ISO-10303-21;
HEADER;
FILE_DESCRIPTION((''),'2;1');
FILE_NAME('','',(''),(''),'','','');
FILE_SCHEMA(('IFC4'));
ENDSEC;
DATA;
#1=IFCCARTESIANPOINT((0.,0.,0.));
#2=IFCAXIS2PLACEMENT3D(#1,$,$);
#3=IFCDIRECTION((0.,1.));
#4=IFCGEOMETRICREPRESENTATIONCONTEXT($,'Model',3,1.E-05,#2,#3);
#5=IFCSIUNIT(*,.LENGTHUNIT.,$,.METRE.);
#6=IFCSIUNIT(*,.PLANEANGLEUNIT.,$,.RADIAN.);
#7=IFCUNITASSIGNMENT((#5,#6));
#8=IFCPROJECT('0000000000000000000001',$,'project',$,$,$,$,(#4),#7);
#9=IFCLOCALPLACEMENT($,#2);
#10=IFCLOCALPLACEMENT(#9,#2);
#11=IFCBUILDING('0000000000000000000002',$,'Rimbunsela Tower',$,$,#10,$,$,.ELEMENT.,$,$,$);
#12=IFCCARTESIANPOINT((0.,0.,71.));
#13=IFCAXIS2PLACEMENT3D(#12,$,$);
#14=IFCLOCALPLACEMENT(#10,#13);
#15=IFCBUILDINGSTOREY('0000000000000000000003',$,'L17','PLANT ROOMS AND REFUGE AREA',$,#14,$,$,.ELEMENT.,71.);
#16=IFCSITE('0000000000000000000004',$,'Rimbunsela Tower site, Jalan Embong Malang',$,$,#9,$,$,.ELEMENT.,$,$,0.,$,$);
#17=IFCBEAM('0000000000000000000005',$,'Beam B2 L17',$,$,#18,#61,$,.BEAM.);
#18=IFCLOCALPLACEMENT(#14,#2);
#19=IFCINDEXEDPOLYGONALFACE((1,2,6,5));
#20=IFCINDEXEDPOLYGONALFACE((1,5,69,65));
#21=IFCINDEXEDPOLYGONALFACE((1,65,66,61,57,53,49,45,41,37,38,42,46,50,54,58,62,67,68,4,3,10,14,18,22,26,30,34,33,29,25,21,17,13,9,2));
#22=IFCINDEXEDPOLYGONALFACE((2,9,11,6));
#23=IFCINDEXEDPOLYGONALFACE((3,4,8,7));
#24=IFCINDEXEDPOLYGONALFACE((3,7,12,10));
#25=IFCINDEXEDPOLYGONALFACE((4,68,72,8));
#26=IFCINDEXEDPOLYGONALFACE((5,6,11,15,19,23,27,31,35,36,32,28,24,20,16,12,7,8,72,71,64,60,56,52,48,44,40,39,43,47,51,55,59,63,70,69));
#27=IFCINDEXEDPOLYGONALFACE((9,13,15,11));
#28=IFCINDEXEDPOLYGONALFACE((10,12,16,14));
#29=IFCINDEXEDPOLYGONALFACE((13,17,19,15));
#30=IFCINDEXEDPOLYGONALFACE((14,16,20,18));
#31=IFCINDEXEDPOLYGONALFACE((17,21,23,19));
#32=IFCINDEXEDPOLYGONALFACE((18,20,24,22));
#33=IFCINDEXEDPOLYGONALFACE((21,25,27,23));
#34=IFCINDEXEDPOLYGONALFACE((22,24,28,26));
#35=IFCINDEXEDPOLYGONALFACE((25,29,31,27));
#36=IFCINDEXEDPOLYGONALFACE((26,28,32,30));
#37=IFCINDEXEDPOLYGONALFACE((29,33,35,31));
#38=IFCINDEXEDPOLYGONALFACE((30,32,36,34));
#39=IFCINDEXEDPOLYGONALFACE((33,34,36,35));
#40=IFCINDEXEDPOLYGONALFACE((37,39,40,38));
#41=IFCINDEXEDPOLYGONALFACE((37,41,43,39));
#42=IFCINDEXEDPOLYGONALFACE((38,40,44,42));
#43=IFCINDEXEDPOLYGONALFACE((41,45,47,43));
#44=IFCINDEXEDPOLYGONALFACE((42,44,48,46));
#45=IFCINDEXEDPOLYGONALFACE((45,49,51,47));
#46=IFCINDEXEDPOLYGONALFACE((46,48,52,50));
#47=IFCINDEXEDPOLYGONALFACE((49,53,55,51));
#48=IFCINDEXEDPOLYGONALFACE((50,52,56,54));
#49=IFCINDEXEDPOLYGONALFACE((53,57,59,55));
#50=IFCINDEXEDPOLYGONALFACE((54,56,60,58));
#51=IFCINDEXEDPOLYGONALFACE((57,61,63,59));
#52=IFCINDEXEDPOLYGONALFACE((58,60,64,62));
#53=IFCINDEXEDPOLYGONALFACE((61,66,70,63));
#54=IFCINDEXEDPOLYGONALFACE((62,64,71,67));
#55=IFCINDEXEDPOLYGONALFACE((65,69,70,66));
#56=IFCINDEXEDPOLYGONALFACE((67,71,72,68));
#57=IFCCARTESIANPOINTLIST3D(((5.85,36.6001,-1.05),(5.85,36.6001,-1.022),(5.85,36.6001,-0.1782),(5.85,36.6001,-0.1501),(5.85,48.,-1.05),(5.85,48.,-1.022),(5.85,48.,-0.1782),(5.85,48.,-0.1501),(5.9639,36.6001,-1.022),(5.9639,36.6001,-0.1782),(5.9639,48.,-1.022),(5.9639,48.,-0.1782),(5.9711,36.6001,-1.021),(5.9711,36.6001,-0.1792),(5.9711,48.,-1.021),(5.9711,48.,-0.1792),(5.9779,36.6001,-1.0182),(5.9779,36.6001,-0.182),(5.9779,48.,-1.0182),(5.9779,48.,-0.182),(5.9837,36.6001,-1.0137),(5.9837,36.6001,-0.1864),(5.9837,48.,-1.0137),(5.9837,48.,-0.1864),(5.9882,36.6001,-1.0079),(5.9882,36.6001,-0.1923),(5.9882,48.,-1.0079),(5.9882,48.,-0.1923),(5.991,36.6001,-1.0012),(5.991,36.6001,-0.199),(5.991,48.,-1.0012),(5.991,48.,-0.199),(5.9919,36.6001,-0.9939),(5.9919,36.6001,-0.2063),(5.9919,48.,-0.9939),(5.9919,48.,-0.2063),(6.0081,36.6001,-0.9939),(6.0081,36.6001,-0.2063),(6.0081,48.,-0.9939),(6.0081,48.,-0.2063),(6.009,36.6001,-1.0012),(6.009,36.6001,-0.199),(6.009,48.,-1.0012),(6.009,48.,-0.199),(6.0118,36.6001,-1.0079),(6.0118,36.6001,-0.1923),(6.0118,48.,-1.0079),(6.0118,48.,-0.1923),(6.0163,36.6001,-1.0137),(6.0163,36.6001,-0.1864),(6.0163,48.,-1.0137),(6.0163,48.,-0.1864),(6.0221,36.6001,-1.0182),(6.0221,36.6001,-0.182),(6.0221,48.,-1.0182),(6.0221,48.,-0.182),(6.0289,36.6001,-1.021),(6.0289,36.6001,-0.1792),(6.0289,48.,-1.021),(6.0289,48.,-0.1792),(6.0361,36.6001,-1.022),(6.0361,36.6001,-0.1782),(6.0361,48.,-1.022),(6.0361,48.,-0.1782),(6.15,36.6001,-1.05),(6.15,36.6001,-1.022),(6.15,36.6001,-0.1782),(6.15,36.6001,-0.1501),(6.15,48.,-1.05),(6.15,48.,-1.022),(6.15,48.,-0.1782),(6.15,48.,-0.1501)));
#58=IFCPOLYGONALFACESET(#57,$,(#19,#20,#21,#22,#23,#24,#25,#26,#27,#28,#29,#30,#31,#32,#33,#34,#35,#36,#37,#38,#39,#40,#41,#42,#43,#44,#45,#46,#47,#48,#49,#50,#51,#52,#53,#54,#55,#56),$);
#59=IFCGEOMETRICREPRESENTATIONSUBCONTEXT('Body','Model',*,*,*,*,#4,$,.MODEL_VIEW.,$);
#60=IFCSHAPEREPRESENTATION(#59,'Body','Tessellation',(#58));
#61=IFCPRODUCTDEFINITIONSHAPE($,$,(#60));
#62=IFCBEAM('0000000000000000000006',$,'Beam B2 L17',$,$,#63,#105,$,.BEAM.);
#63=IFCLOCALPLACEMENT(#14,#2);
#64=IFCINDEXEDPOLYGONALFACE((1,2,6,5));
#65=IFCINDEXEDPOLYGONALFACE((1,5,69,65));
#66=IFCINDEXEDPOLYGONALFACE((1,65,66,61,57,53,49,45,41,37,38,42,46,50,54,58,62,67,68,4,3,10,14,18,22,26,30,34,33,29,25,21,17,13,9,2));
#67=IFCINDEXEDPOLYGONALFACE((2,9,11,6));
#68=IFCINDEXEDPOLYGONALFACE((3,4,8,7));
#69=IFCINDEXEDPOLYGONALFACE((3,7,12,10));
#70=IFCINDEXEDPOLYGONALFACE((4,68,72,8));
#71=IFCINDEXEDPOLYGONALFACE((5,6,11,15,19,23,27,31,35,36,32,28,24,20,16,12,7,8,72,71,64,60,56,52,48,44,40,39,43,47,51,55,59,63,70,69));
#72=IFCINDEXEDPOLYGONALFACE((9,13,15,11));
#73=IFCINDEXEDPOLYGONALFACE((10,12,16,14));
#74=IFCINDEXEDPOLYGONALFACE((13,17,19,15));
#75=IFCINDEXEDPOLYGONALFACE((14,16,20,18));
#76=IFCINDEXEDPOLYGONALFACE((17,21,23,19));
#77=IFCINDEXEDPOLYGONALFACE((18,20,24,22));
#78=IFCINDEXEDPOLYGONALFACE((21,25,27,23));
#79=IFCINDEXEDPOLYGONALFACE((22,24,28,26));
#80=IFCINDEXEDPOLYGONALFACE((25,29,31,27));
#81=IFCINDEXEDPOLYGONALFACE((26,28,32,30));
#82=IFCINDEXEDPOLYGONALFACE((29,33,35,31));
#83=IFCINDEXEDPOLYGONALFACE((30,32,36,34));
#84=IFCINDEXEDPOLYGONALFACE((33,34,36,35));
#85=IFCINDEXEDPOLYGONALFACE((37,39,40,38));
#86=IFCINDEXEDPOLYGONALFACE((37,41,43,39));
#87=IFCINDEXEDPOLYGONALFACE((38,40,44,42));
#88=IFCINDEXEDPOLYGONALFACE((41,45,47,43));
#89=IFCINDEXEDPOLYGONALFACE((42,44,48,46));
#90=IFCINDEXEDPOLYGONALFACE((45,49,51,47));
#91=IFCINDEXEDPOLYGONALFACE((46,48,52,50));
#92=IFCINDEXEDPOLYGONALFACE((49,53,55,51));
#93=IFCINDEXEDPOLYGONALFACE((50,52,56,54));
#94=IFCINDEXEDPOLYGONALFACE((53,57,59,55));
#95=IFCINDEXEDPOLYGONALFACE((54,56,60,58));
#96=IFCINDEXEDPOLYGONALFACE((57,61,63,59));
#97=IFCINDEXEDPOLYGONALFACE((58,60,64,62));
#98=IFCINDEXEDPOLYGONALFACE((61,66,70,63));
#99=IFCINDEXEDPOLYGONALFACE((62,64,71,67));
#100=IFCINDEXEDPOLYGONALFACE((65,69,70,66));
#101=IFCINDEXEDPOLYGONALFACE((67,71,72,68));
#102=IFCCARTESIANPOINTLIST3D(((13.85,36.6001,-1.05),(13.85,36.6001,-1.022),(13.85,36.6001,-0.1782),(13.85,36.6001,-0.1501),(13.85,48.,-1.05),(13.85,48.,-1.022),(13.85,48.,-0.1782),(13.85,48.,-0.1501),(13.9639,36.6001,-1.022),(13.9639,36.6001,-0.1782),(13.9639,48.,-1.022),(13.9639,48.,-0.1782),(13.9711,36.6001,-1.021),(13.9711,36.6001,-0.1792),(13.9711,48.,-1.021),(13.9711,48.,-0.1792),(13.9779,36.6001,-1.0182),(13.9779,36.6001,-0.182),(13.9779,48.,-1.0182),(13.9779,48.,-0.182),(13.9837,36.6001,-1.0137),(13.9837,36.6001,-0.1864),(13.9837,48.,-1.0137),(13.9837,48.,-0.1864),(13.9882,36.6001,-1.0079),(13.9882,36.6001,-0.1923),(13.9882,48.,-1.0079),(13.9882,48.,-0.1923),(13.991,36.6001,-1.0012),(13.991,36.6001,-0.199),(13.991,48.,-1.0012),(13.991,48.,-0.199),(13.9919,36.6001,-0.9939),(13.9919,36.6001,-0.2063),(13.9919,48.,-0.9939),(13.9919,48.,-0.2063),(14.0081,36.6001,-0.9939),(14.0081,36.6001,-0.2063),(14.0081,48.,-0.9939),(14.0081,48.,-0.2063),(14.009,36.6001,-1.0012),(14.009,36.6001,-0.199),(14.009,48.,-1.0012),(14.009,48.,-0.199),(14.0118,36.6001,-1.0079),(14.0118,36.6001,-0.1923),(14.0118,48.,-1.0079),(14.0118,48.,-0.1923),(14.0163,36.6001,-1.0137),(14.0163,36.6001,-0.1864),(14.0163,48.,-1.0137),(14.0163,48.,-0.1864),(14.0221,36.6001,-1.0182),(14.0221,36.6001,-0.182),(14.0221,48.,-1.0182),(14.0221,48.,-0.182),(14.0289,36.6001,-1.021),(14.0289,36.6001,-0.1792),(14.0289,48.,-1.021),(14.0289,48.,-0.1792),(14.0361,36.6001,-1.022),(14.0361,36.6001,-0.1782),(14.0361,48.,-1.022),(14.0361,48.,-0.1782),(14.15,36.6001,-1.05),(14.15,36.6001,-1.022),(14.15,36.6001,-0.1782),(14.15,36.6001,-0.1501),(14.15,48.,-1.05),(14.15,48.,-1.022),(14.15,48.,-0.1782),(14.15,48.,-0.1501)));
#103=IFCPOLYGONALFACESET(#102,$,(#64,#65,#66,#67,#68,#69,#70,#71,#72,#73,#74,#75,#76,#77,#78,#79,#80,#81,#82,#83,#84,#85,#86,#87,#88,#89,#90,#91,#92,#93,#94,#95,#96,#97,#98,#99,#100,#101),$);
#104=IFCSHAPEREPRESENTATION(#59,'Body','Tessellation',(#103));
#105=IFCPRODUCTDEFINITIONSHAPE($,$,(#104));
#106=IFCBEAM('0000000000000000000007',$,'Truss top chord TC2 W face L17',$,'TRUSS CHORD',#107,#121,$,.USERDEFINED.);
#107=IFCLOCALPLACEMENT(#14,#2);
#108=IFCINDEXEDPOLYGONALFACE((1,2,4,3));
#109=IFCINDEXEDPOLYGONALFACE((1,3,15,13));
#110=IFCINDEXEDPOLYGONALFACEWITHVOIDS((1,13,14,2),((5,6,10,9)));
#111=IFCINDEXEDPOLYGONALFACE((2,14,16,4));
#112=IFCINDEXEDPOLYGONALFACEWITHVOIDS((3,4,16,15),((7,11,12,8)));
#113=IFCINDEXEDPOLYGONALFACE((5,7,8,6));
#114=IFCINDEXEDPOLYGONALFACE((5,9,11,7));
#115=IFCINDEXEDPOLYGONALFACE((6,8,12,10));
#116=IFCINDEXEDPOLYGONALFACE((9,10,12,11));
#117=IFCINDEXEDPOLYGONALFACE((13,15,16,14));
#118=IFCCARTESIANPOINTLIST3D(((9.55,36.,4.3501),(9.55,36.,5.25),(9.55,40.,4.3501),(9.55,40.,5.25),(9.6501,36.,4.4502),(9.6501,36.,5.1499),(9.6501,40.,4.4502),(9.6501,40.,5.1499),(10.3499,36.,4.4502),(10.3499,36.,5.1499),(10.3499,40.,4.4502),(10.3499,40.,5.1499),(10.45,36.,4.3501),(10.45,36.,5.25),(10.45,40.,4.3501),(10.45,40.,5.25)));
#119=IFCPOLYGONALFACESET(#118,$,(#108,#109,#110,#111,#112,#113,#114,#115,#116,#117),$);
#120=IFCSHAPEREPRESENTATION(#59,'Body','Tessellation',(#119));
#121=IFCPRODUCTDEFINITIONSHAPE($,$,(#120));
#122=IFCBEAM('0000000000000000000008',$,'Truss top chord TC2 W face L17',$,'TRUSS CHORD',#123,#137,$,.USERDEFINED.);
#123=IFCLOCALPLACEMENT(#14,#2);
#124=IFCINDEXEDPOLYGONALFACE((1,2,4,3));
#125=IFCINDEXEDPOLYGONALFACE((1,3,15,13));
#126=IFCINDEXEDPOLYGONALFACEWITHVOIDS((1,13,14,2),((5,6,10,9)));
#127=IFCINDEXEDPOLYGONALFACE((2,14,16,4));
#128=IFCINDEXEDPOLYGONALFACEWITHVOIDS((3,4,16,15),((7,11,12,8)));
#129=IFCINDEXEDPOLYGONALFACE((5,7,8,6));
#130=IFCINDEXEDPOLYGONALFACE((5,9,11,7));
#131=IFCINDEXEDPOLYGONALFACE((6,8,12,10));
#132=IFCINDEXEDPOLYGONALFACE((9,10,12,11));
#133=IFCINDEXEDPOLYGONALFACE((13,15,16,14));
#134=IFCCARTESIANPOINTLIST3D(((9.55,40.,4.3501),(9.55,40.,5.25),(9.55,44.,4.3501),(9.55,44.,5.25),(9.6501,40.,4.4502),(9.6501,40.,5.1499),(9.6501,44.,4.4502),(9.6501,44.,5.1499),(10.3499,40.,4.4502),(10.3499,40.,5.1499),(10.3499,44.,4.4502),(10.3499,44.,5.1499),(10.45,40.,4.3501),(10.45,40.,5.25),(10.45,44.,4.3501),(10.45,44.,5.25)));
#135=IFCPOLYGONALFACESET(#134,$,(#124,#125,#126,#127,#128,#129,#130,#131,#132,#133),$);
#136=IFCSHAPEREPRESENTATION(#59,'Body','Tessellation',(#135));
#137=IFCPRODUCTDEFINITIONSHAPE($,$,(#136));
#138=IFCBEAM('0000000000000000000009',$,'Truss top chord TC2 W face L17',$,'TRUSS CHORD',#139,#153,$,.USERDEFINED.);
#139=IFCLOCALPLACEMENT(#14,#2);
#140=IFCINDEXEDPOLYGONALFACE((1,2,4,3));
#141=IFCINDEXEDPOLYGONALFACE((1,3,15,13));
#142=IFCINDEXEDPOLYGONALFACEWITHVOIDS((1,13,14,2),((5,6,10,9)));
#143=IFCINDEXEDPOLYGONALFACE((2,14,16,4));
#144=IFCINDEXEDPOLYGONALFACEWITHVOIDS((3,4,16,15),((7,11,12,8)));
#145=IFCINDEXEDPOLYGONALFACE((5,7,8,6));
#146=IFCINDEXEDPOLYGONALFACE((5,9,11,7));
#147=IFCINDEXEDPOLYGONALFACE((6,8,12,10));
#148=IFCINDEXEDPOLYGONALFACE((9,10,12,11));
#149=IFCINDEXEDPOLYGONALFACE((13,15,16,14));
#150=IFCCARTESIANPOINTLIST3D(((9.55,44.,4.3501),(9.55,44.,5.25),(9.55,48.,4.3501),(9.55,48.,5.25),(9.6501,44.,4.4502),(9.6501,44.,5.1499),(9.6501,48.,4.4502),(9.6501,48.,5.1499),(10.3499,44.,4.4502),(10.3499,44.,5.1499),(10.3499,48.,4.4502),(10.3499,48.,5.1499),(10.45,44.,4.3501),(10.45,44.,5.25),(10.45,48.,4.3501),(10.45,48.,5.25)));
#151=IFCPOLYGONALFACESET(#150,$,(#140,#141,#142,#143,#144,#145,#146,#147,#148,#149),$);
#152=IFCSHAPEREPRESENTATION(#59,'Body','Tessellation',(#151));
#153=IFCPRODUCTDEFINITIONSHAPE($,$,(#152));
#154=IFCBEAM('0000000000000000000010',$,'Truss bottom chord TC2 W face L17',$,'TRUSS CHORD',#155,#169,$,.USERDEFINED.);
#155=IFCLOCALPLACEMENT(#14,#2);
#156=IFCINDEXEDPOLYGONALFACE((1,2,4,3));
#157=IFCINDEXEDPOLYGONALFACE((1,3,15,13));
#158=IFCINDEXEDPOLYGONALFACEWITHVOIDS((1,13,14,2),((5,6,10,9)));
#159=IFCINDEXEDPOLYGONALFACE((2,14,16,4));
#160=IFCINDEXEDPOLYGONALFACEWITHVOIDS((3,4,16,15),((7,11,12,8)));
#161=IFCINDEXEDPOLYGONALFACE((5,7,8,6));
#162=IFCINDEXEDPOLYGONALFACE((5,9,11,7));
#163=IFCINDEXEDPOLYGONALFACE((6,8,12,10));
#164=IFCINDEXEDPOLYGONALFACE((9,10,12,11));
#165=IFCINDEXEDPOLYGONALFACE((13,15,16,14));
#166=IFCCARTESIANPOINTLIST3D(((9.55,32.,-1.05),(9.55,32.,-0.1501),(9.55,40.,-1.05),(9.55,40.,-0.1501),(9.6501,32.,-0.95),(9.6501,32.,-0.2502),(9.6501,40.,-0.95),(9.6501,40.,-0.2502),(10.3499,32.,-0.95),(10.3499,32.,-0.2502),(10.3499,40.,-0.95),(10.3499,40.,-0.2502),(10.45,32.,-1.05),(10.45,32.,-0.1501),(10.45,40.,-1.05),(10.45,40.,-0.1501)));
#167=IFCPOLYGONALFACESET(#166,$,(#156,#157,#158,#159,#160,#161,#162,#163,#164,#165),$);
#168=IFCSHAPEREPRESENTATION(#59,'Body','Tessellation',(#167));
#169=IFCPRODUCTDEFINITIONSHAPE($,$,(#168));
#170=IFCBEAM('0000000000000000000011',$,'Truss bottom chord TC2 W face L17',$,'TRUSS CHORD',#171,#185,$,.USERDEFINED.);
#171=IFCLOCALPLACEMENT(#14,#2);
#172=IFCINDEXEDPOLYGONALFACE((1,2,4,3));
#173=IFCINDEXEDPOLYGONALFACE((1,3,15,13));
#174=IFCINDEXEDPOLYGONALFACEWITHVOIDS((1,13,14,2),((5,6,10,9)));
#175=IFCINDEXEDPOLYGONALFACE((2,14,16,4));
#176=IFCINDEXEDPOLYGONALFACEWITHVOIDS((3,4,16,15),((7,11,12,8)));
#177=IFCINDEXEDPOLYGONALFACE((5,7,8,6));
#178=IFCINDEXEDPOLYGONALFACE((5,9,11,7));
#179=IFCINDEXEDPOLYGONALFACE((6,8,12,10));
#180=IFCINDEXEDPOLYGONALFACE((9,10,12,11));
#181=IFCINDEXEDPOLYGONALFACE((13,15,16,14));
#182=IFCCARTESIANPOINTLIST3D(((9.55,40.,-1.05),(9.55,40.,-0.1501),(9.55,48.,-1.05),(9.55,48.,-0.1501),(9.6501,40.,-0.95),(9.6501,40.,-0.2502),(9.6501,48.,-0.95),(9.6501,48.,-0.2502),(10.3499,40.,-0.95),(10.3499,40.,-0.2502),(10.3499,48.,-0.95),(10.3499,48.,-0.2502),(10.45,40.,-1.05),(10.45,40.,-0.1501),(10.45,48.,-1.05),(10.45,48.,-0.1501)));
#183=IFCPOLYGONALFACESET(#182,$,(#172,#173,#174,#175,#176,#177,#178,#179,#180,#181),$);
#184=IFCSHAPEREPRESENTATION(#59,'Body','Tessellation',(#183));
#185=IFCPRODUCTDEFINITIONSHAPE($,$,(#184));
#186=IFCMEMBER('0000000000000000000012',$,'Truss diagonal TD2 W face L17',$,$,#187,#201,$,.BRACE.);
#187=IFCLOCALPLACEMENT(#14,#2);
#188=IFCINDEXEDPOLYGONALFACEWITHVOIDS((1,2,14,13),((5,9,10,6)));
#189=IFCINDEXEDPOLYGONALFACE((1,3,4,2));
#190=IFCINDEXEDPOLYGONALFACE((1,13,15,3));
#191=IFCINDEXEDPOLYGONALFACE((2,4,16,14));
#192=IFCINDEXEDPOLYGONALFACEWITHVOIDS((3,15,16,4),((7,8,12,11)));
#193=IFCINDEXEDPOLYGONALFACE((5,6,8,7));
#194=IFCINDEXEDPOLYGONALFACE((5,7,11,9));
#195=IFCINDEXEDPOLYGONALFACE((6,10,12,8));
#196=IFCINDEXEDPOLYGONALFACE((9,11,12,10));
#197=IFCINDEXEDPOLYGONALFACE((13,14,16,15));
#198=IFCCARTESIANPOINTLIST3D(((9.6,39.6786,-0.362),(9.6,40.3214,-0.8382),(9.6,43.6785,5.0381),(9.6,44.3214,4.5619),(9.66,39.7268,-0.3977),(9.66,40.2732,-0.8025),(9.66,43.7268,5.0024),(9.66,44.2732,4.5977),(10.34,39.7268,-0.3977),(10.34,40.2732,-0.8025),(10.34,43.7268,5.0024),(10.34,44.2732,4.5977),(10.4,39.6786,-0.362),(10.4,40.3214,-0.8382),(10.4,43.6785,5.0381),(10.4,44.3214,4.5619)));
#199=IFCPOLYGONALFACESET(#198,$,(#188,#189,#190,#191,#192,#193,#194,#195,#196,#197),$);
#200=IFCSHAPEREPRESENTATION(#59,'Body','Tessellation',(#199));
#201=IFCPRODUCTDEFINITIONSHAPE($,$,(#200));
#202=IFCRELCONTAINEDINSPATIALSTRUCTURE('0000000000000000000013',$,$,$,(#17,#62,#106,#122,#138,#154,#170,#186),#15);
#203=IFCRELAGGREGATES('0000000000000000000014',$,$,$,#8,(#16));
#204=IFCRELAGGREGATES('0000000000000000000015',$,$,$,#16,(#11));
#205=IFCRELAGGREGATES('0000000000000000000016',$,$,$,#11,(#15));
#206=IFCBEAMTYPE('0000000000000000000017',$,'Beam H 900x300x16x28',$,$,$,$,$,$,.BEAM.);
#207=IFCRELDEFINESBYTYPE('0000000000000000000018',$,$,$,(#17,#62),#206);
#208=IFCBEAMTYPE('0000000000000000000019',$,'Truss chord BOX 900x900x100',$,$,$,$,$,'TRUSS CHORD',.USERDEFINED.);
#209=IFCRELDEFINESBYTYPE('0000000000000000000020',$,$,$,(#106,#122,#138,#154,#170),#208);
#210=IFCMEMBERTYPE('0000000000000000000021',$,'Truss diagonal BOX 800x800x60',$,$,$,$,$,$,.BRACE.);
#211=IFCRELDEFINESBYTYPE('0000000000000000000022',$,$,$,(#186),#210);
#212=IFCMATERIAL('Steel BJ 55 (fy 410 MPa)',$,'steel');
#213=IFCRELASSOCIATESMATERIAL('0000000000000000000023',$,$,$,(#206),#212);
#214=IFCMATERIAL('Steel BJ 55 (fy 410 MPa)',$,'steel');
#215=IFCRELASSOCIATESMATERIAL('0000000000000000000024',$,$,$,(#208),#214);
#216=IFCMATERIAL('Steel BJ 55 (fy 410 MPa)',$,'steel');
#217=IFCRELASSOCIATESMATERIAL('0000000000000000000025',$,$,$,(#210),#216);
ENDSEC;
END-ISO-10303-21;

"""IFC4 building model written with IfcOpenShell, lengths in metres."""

from ifc_helpers import new_model, si_unit, direction, frame, origin, origin_2d, place, context, subcontext, project, spatial, hollow_rectangle, i_section, extrude, material, material_profile, profile_set, type_object, element, save


model = new_model("IFC4")

# Units and contexts
model_context = context("Model", 3, precision=1e-05, world=origin(), true_north=direction((0.0, 1.0)))
body_context = subcontext(model_context, "Body", "Model", "MODEL_VIEW")
ifc_project = project(units=[si_unit("LENGTHUNIT", "METRE"), si_unit("PLANEANGLEUNIT", "RADIAN")], contexts=[model_context])

# Site, building, storey
site_placement = place(None, origin())
site = spatial("IfcSite", under=ifc_project, at=site_placement, Name="Rimbunsela Tower site, Jalan Embong Malang", CompositionType="ELEMENT", RefElevation=0.0)
building_placement = place(site_placement, origin())
building = spatial("IfcBuilding", under=site, at=building_placement, Name="Rimbunsela Tower", CompositionType="ELEMENT")
storey_placement = place(building_placement, frame((0.0, 0.0, 71.0)))
storey = spatial("IfcBuildingStorey", under=building, at=storey_placement, Name="L17", Description="PLANT ROOMS AND REFUGE AREA", CompositionType="ELEMENT", Elevation=71.0)

# Beams
ifc_material_1 = material(Name="Steel BJ 55 (fy 410 MPa)", Category="steel")
ifc_material_profile_1 = material_profile(ifc_material_1, i_section(OverallWidth=0.3, OverallDepth=0.8999, WebThickness=0.0161, FlangeThickness=0.0281, FilletRadius=0.0281, at=origin_2d()), Name="H 900x300x16x28")
ifc_profile_set_1 = profile_set([ifc_material_profile_1], Name="Steel BJ 55 (fy 410 MPa)")
beam_type_1 = type_object("IfcBeamType", Name="Beam H 900x300x16x28", PredefinedType="BEAM", material=ifc_profile_set_1)
for number, where, z_axis, x_axis, name in (
    (1, (6.0, 36.6001, -0.6001), (0.0, 1.0, 0.0), (-1.0, 0.0, 0.0), "Beam B2 L17"),
    (2, (14.0, 36.6001, -0.6001), (0.0, 1.0, 0.0), (-1.0, 0.0, 0.0), "Beam B2 L17"),
):
    element("IfcBeam", number, at=place(storey_placement, frame(where, z_axis=z_axis, x_axis=x_axis)), inside=storey, type_object=beam_type_1, Name=name, PredefinedType="BEAM", context=body_context, shape_type="SweptSolid", body=[
        extrude(i_section(OverallWidth=0.3, OverallDepth=0.8999, WebThickness=0.0161, FlangeThickness=0.0281, FilletRadius=0.0281, at=origin_2d()), origin(), (0.0, 0.0, 1.0), 11.3999),
    ])
ifc_material_2 = material(Name="Steel BJ 55 (fy 410 MPa)", Category="steel")
ifc_material_profile_2 = material_profile(ifc_material_2, hollow_rectangle(XDim=0.8999, YDim=0.8999, WallThickness=0.1001, at=origin_2d()), Name="BOX 900x900x100")
ifc_profile_set_2 = profile_set([ifc_material_profile_2], Name="Steel BJ 55 (fy 410 MPa)")
beam_type_2 = type_object("IfcBeamType", Name="Truss chord BOX 900x900x100", ElementType="TRUSS CHORD", PredefinedType="USERDEFINED", material=ifc_profile_set_2)
for number, where, z_axis, x_axis, name in (
    (3, (10.0, 36.0, 4.8), (0.0, 1.0, 0.0), (-1.0, 0.0, 0.0), "Truss top chord TC2 W face L17"),
    (4, (10.0, 40.0, 4.8), (0.0, 1.0, 0.0), (-1.0, 0.0, 0.0), "Truss top chord TC2 W face L17"),
    (5, (10.0, 44.0, 4.8), (0.0, 1.0, 0.0), (-1.0, 0.0, 0.0), "Truss top chord TC2 W face L17"),
):
    element("IfcBeam", number, at=place(storey_placement, frame(where, z_axis=z_axis, x_axis=x_axis)), inside=storey, type_object=beam_type_2, Name=name, ObjectType="TRUSS CHORD", PredefinedType="USERDEFINED", context=body_context, shape_type="SweptSolid", body=[
        extrude(hollow_rectangle(XDim=0.8999, YDim=0.8999, WallThickness=0.1001, at=origin_2d()), origin(), (0.0, 0.0, 1.0), 4.0),
    ])
for number, where, z_axis, x_axis, name in (
    (6, (10.0, 32.0, -0.6001), (0.0, 1.0, 0.0), (-1.0, 0.0, 0.0), "Truss bottom chord TC2 W face L17"),
    (7, (10.0, 40.0, -0.6001), (0.0, 1.0, 0.0), (-1.0, 0.0, 0.0), "Truss bottom chord TC2 W face L17"),
):
    element("IfcBeam", number, at=place(storey_placement, frame(where, z_axis=z_axis, x_axis=x_axis)), inside=storey, type_object=beam_type_2, Name=name, ObjectType="TRUSS CHORD", PredefinedType="USERDEFINED", context=body_context, shape_type="SweptSolid", body=[
        extrude(hollow_rectangle(XDim=0.8999, YDim=0.8999, WallThickness=0.1001, at=origin_2d()), origin(), (0.0, 0.0, 1.0), 8.0),
    ])

# Member
ifc_material_3 = material(Name="Steel BJ 55 (fy 410 MPa)", Category="steel")
ifc_material_profile_3 = material_profile(ifc_material_3, hollow_rectangle(XDim=0.8, YDim=0.8, WallThickness=0.0601, at=origin_2d()), Name="BOX 800x800x60")
ifc_profile_set_3 = profile_set([ifc_material_profile_3], Name="Steel BJ 55 (fy 410 MPa)")
member_type_1 = type_object("IfcMemberType", Name="Truss diagonal BOX 800x800x60", PredefinedType="BRACE", material=ifc_profile_set_3)
member_placement = place(storey_placement, frame((10.0, 40.0, -0.6001), z_axis=(0.0, 0.595217, 0.803565), x_axis=(-1.0, 0.0, 0.0)))
element("IfcMember", 8, at=member_placement, inside=storey, type_object=member_type_1, Name="Truss diagonal TD2 W face L17", PredefinedType="BRACE", context=body_context, shape_type="SweptSolid", body=[
    extrude(hollow_rectangle(XDim=0.8, YDim=0.8, WallThickness=0.0601, at=origin_2d()), origin(), (0.0, 0.0, 1.0), 6.7202),
])

save(model, "model.ifc")
